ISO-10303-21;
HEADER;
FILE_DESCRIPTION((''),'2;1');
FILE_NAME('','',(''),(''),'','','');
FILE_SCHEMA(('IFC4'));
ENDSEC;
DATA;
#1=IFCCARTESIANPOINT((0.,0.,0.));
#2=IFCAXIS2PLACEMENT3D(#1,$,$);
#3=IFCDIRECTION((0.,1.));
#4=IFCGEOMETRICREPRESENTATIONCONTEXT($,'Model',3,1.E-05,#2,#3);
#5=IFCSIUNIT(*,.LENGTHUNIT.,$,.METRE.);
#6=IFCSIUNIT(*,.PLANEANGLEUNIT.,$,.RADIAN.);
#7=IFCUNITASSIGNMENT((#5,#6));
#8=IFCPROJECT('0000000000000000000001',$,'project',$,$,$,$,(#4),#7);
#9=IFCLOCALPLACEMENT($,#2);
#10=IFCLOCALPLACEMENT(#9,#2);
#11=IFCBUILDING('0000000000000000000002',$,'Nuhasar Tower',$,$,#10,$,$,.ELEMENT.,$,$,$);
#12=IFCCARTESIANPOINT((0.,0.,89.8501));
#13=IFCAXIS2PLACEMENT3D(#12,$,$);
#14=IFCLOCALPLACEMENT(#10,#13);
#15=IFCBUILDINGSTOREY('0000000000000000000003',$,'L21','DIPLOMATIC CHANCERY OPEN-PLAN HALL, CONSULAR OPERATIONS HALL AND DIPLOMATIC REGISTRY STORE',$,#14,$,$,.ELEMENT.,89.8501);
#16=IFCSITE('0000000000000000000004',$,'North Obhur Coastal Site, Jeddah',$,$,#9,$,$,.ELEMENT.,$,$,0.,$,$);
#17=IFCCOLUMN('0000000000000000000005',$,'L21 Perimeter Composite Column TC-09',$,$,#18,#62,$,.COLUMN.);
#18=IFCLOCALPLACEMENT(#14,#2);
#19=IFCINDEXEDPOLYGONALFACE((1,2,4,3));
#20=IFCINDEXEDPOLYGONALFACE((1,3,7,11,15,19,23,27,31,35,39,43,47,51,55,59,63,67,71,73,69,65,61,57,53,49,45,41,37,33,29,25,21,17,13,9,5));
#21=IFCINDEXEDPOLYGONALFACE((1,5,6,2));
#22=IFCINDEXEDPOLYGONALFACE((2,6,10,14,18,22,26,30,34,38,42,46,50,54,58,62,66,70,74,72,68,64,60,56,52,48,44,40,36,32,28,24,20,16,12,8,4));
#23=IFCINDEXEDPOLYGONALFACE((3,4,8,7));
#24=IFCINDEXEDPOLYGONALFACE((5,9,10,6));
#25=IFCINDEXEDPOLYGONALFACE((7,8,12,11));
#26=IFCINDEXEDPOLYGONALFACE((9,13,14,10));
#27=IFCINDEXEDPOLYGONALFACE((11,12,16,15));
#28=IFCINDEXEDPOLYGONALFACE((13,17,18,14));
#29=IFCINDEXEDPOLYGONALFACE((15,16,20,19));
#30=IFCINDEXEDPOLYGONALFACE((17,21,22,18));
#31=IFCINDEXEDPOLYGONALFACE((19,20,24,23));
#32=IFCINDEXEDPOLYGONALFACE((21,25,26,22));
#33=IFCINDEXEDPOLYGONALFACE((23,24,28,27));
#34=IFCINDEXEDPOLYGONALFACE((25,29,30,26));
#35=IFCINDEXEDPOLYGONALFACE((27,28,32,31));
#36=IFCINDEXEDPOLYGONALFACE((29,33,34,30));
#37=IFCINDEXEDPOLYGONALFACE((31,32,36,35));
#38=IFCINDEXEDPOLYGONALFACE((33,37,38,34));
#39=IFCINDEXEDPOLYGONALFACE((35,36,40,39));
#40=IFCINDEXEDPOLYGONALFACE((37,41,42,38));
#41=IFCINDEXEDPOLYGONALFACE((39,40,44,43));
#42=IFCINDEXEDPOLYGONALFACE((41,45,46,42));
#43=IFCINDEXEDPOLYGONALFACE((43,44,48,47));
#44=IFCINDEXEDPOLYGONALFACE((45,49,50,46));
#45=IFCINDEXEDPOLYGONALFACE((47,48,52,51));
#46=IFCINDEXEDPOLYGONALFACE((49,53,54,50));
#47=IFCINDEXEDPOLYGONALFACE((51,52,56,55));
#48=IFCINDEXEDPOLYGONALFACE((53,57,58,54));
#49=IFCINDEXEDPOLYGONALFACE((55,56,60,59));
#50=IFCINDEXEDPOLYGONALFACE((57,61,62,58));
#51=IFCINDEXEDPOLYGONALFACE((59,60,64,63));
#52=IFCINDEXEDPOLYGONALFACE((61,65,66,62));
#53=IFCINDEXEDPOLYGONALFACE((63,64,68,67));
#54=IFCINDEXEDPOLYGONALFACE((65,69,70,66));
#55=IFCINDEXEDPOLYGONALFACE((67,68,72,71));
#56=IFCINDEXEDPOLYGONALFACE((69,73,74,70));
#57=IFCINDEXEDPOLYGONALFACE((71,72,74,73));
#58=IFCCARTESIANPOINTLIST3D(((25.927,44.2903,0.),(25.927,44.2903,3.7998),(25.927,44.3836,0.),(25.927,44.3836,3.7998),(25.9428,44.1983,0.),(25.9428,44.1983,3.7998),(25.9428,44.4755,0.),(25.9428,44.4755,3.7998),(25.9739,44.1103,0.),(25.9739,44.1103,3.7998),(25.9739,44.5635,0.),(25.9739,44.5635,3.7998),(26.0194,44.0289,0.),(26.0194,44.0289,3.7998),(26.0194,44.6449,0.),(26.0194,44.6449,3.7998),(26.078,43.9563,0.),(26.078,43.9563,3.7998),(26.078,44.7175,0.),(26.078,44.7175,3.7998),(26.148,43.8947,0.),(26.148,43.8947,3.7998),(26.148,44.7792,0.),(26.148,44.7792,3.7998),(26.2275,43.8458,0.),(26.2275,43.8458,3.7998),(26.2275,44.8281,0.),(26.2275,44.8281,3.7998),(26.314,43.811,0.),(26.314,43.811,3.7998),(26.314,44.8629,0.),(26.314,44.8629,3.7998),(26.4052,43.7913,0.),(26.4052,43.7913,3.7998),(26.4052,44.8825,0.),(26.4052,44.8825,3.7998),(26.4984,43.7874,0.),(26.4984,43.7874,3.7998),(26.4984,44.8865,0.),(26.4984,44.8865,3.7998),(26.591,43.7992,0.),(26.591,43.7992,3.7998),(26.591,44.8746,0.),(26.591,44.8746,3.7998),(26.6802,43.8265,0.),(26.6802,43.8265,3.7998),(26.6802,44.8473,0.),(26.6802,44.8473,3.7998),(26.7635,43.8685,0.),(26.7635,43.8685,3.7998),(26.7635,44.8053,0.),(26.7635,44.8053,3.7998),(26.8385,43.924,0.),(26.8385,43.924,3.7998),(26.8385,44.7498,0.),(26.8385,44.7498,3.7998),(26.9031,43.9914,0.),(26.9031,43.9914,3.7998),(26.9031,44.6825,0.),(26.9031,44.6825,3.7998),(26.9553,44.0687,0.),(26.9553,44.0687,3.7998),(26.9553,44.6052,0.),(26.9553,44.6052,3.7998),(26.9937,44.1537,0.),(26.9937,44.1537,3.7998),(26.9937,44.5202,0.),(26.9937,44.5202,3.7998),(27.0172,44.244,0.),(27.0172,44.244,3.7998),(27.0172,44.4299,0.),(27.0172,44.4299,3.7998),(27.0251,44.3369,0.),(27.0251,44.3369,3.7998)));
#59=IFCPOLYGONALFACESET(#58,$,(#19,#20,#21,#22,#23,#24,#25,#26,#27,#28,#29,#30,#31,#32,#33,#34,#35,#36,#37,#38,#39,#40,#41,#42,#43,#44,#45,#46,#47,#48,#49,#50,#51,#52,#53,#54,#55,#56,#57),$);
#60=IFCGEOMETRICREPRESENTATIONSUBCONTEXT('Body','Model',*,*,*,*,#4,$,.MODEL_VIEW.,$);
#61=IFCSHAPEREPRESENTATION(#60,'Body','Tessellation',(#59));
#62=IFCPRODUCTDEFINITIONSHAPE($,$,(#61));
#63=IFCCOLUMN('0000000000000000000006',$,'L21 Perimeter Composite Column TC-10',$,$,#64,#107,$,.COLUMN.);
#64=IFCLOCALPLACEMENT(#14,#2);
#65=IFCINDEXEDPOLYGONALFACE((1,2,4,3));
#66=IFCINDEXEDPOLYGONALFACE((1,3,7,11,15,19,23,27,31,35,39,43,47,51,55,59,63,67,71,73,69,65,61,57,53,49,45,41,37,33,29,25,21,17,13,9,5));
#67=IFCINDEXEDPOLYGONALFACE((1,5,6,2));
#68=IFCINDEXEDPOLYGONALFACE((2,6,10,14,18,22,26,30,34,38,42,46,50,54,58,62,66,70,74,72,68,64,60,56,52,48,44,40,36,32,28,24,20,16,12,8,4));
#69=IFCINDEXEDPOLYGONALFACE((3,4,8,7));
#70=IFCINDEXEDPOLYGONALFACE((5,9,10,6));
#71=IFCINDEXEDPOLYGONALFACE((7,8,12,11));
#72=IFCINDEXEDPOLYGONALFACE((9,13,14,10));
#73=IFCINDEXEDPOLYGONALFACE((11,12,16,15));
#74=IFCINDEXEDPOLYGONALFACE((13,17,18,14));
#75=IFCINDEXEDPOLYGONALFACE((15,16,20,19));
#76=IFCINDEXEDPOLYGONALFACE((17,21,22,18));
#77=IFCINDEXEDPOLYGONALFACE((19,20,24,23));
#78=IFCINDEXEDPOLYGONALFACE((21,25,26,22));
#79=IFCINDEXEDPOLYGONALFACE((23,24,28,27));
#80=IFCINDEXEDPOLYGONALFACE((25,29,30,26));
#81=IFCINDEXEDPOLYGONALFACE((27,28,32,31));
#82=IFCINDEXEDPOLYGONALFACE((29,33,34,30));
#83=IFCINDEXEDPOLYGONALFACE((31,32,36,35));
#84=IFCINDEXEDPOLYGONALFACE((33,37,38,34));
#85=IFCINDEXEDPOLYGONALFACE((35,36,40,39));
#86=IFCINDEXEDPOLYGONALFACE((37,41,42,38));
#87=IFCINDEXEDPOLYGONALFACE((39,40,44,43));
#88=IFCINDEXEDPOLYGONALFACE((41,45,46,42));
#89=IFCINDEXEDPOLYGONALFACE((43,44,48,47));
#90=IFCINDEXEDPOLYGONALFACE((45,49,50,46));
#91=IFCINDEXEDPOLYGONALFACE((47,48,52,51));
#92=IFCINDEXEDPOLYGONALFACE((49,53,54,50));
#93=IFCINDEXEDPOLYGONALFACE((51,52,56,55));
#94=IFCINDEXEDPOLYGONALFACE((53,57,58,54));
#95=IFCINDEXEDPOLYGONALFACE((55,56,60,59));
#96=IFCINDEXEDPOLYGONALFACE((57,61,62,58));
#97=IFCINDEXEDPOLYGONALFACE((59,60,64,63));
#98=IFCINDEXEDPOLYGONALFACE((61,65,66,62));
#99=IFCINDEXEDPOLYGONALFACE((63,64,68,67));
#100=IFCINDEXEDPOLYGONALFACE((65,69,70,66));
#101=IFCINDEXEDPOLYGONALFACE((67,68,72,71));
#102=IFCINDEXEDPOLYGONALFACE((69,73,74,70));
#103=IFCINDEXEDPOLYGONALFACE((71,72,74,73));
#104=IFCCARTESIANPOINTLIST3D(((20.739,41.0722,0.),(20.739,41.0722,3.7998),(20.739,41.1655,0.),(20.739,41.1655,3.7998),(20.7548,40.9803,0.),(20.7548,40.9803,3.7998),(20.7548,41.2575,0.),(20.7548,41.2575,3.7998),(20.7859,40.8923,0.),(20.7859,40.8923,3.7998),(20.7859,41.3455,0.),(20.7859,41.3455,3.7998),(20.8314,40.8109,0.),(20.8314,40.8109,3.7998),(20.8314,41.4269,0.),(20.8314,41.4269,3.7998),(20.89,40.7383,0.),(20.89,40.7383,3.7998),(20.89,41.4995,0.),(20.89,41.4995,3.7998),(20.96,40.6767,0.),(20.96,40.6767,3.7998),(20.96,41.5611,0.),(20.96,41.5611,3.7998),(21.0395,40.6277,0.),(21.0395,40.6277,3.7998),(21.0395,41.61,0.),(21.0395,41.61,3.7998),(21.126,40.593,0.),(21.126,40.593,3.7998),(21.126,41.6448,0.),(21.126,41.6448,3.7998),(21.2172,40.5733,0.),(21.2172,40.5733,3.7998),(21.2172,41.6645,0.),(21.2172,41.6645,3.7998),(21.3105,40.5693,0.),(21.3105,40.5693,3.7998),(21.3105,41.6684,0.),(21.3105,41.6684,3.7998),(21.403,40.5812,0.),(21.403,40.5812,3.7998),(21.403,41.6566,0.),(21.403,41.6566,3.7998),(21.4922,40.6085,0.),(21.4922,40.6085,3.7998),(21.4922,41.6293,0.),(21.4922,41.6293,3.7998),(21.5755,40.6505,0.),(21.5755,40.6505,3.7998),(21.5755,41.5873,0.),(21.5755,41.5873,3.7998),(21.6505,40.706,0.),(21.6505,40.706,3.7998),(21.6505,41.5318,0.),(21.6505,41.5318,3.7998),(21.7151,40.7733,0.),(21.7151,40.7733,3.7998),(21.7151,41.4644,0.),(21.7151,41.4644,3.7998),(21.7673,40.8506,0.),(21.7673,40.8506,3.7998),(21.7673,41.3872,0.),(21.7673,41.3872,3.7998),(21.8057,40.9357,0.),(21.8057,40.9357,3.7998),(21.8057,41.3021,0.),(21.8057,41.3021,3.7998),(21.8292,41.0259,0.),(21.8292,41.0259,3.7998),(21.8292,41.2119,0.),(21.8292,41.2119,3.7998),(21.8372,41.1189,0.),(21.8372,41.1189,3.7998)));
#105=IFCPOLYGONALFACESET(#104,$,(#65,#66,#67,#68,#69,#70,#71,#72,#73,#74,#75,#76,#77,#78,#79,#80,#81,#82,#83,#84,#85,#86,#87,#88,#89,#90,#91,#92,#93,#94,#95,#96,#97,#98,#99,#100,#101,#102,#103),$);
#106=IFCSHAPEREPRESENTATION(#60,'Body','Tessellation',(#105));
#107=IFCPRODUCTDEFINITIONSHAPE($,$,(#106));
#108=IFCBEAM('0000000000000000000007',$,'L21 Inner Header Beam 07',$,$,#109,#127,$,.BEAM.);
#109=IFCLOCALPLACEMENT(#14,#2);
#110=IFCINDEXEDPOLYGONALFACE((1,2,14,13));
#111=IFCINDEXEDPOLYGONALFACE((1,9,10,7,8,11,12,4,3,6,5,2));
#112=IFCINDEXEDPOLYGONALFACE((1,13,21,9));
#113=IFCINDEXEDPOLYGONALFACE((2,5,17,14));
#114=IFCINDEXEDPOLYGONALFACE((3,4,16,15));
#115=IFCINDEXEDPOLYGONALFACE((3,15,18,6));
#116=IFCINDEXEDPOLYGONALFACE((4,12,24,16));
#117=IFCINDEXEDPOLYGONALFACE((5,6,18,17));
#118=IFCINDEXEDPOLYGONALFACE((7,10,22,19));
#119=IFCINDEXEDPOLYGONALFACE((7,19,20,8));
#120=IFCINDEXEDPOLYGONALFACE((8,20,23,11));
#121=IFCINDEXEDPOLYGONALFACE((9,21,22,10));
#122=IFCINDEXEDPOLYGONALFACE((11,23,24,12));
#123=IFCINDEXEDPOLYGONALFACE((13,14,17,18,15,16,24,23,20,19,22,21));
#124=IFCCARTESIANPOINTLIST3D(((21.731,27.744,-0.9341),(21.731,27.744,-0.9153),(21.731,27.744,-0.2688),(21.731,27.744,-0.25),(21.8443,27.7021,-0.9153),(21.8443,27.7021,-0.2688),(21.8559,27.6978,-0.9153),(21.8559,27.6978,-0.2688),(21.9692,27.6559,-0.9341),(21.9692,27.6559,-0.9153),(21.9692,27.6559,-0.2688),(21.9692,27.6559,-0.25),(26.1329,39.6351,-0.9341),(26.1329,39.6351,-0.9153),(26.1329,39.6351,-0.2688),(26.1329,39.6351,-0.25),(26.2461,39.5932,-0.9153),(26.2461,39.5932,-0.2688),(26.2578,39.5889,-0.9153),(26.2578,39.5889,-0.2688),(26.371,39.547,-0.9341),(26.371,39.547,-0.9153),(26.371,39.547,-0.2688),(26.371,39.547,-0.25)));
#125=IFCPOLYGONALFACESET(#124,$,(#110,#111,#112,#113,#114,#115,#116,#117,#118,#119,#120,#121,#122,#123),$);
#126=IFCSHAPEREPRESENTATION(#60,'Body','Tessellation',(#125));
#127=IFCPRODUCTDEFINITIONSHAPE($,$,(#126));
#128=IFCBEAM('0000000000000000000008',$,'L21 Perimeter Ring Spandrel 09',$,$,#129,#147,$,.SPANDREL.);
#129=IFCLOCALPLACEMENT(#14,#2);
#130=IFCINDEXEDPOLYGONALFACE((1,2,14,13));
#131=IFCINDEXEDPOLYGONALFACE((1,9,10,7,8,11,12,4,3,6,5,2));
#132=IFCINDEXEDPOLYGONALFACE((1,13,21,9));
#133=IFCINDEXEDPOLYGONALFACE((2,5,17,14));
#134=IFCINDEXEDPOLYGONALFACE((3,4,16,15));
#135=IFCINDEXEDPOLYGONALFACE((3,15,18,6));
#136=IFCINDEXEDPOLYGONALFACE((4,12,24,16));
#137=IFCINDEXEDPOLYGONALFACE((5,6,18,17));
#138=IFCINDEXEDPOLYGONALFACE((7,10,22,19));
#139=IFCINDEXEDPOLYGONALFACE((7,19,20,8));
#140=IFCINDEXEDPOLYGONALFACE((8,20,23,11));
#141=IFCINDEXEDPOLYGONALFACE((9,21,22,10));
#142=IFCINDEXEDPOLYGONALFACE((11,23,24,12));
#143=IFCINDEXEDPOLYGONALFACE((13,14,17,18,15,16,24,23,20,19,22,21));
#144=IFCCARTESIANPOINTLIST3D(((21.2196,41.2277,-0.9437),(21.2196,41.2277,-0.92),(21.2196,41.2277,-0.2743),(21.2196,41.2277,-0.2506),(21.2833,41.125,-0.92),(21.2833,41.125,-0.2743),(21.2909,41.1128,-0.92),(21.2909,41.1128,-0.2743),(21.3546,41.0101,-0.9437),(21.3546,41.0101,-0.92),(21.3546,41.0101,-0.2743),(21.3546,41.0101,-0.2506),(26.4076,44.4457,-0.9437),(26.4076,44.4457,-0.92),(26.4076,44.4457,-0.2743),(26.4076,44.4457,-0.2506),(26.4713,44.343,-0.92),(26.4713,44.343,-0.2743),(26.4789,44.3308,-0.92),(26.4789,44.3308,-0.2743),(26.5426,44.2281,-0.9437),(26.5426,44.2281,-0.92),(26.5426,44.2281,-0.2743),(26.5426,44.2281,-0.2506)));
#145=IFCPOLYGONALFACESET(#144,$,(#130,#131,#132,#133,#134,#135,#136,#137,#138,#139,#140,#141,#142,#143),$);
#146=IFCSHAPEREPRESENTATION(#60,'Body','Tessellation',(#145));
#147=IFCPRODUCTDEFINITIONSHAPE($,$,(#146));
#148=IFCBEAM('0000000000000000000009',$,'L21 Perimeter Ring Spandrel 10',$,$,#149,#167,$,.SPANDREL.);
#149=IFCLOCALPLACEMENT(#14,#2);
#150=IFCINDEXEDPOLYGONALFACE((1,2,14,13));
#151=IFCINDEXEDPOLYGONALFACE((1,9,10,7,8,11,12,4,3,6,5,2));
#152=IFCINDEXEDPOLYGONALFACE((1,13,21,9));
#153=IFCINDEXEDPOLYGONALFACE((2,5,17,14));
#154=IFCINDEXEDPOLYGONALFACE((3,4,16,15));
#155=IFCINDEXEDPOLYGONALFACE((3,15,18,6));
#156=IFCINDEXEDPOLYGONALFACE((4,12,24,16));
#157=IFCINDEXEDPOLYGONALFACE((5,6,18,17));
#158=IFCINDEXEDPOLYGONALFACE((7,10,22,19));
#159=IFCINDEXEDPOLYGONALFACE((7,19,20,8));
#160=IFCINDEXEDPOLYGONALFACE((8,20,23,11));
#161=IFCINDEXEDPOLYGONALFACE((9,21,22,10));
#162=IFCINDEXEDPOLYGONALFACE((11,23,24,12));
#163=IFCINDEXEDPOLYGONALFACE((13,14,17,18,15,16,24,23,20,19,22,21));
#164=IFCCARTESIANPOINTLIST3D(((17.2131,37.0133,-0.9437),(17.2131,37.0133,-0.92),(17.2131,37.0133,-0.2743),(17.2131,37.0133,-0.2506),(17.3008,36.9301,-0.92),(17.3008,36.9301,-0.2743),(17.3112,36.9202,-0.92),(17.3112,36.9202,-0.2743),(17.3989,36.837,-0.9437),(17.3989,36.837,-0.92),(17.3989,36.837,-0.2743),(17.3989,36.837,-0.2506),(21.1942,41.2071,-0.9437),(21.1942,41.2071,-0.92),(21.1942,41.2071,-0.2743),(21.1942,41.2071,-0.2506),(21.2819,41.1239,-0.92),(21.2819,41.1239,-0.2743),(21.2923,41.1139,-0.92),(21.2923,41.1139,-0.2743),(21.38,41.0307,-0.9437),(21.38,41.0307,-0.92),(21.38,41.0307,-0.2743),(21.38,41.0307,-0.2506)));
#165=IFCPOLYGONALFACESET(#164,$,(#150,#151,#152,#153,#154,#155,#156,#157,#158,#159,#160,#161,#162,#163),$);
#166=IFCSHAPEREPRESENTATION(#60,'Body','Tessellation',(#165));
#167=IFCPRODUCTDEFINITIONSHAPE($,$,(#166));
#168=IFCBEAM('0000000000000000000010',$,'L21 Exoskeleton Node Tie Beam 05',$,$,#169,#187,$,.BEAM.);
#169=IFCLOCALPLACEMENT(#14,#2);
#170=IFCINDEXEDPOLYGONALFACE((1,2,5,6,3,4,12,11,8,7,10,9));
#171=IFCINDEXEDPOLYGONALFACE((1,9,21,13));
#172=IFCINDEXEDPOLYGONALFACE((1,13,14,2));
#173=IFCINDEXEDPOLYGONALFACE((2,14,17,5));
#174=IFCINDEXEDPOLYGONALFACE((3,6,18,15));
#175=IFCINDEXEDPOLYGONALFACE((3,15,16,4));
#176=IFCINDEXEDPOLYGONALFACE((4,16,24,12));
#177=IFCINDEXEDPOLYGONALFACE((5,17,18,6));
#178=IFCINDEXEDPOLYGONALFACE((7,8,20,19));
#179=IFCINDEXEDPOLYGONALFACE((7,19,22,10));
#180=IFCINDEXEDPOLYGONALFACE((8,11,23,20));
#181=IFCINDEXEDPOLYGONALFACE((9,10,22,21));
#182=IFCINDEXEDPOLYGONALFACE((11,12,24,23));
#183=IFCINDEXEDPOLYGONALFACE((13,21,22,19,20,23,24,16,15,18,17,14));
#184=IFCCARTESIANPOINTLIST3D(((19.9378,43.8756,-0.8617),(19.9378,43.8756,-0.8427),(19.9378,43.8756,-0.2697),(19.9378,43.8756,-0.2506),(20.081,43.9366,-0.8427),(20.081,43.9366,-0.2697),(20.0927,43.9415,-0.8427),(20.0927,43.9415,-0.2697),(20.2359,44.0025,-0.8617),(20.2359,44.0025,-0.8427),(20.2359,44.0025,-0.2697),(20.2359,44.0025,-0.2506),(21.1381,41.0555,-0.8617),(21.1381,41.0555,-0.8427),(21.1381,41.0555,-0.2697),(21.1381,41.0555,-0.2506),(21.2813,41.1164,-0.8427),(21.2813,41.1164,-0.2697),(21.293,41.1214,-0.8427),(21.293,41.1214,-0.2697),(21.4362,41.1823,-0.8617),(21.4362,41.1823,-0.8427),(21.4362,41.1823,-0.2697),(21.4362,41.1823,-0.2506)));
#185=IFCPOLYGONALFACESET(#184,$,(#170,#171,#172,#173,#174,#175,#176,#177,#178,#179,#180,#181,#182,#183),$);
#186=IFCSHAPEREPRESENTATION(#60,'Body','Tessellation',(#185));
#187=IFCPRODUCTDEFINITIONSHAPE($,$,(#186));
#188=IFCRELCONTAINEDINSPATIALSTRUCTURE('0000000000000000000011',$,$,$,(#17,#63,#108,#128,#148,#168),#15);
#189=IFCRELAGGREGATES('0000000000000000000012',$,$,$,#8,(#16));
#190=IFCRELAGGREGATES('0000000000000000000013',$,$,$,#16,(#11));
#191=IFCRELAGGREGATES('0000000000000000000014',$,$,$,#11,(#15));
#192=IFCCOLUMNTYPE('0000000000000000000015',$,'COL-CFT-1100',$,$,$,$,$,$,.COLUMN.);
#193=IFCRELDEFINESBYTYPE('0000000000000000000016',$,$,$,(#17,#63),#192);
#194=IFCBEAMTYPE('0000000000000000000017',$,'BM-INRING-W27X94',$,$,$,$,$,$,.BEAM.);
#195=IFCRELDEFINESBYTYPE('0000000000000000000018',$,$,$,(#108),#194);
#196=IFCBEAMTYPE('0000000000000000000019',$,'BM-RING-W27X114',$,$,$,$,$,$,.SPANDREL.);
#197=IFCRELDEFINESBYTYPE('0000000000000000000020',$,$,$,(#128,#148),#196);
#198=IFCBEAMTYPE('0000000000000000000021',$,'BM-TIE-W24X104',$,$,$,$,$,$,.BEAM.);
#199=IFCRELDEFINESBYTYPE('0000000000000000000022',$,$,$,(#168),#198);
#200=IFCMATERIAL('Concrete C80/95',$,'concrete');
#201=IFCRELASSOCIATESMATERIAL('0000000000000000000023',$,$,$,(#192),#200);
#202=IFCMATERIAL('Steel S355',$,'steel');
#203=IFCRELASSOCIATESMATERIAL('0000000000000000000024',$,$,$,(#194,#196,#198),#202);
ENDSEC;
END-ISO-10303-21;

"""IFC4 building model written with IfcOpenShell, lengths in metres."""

from ifc_helpers import new_model, si_unit, direction, frame, origin, origin_2d, place, context, subcontext, project, spatial, circle, i_section, extrude, material, material_profile, profile_set, type_object, element, save


model = new_model("IFC4")

# Units and contexts
model_context = context("Model", 3, precision=1e-05, world=origin(), true_north=direction((0.0, 1.0)))
body_context = subcontext(model_context, "Body", "Model", "MODEL_VIEW")
ifc_project = project(units=[si_unit("LENGTHUNIT", "METRE"), si_unit("PLANEANGLEUNIT", "RADIAN")], contexts=[model_context])

# Site, building, storey
site_placement = place(None, origin())
site = spatial("IfcSite", under=ifc_project, at=site_placement, Name="North Obhur Coastal Site, Jeddah", CompositionType="ELEMENT", RefElevation=0.0)
building_placement = place(site_placement, origin())
building = spatial("IfcBuilding", under=site, at=building_placement, Name="Nuhasar Tower", CompositionType="ELEMENT")
storey_placement = place(building_placement, frame((0.0, 0.0, 89.8501)))
storey = spatial("IfcBuildingStorey", under=building, at=storey_placement, Name="L21", Description="DIPLOMATIC CHANCERY OPEN-PLAN HALL, CONSULAR OPERATIONS HALL AND DIPLOMATIC REGISTRY STORE", CompositionType="ELEMENT", Elevation=89.8501)

# Columns
ifc_material_1 = material(Name="Concrete C80/95", Category="concrete")
ifc_material_profile_1 = material_profile(ifc_material_1, circle(Radius=0.55, at=origin_2d()), Name="CFT1100")
ifc_profile_set_1 = profile_set([ifc_material_profile_1], Name="Concrete C80/95")
column_type = type_object("IfcColumnType", Name="COL-CFT-1100", PredefinedType="COLUMN", material=ifc_profile_set_1)
for number, where, z_axis, x_axis, name in (
    (1, (26.4751, 44.3369, 0.0), (0.0, 0.0, 1.0), (1.0, 0.0, 0.0), "L21 Perimeter Composite Column TC-09"),
    (2, (21.2871, 41.1189, 0.0), (0.0, 0.0, 1.0), (1.0, 0.0, 0.0), "L21 Perimeter Composite Column TC-10"),
):
    element("IfcColumn", number, at=place(storey_placement, frame(where, z_axis=z_axis, x_axis=x_axis)), inside=storey, type_object=column_type, Name=name, PredefinedType="COLUMN", context=body_context, shape_type="SweptSolid", body=[
        extrude(circle(Radius=0.55, at=origin_2d()), origin(), (0.0, 0.0, 1.0), 3.7998),
    ])

# Beams
ifc_material_2 = material(Name="Steel S355", Category="steel")
ifc_material_profile_2 = material_profile(ifc_material_2, i_section(OverallWidth=0.2539, OverallDepth=0.6841, WebThickness=0.0125, FlangeThickness=0.0188, at=origin_2d()), Name="W27X94")
ifc_profile_set_2 = profile_set([ifc_material_profile_2], Name="Steel S355")
beam_type_1 = type_object("IfcBeamType", Name="BM-INRING-W27X94", PredefinedType="BEAM", material=ifc_profile_set_2)
beam_1_placement = place(storey_placement, frame((26.252, 39.5911, -0.592), z_axis=(-0.347158, -0.937807, 0.0), x_axis=(0.937807, -0.347158, 0.0)))
element("IfcBeam", 3, at=beam_1_placement, inside=storey, type_object=beam_type_1, Name="L21 Inner Header Beam 07", PredefinedType="BEAM", context=body_context, shape_type="SweptSolid", body=[
    extrude(i_section(OverallWidth=0.2539, OverallDepth=0.6841, WebThickness=0.0125, FlangeThickness=0.0188, at=origin_2d()), origin(), (0.0, 0.0, 1.0), 12.6797),
])
ifc_material_profile_3 = material_profile(ifc_material_2, i_section(OverallWidth=0.2561, OverallDepth=0.6931, WebThickness=0.0144, FlangeThickness=0.0237, at=origin_2d()), Name="W27X114")
ifc_profile_set_3 = profile_set([ifc_material_profile_3], Name="Steel S355")
beam_type_2 = type_object("IfcBeamType", Name="BM-RING-W27X114", PredefinedType="SPANDREL", material=ifc_profile_set_3)
beam_2_placement = place(storey_placement, frame((26.4751, 44.3369, -0.5972), z_axis=(-0.849795, -0.527113, 0.0), x_axis=(0.527113, -0.849795, 0.0)))
element("IfcBeam", 4, at=beam_2_placement, inside=storey, type_object=beam_type_2, Name="L21 Perimeter Ring Spandrel 09", PredefinedType="SPANDREL", context=body_context, shape_type="SweptSolid", body=[
    extrude(i_section(OverallWidth=0.2561, OverallDepth=0.6931, WebThickness=0.0144, FlangeThickness=0.0237, at=origin_2d()), origin(), (0.0, 0.0, 1.0), 6.105),
])
beam_3_placement = place(storey_placement, frame((21.2871, 41.1189, -0.5972), z_axis=(-0.688481, -0.725254, 0.0), x_axis=(0.725254, -0.688481, 0.0)))
element("IfcBeam", 5, at=beam_3_placement, inside=storey, type_object=beam_type_2, Name="L21 Perimeter Ring Spandrel 10", PredefinedType="SPANDREL", context=body_context, shape_type="SweptSolid", body=[
    extrude(i_section(OverallWidth=0.2561, OverallDepth=0.6931, WebThickness=0.0144, FlangeThickness=0.0237, at=origin_2d()), origin(), (0.0, 0.0, 1.0), 5.7825),
])
ifc_material_profile_4 = material_profile(ifc_material_2, i_section(OverallWidth=0.324, OverallDepth=0.6111, WebThickness=0.0127, FlangeThickness=0.019, at=origin_2d()), Name="W24X104")
ifc_profile_set_4 = profile_set([ifc_material_profile_4], Name="Steel S355")
beam_type_3 = type_object("IfcBeamType", Name="BM-TIE-W24X104", PredefinedType="BEAM", material=ifc_profile_set_4)
beam_4_placement = place(storey_placement, frame((21.2871, 41.1189, -0.5562), z_axis=(-0.391601, 0.920135, 0.0), x_axis=(-0.920135, -0.391601, 0.0)))
element("IfcBeam", 6, at=beam_4_placement, inside=storey, type_object=beam_type_3, Name="L21 Exoskeleton Node Tie Beam 05", PredefinedType="BEAM", context=body_context, shape_type="SweptSolid", body=[
    extrude(i_section(OverallWidth=0.324, OverallDepth=0.6111, WebThickness=0.0127, FlangeThickness=0.019, at=origin_2d()), origin(), (0.0, 0.0, 1.0), 3.0649),
])

save(model, "model.ifc")
